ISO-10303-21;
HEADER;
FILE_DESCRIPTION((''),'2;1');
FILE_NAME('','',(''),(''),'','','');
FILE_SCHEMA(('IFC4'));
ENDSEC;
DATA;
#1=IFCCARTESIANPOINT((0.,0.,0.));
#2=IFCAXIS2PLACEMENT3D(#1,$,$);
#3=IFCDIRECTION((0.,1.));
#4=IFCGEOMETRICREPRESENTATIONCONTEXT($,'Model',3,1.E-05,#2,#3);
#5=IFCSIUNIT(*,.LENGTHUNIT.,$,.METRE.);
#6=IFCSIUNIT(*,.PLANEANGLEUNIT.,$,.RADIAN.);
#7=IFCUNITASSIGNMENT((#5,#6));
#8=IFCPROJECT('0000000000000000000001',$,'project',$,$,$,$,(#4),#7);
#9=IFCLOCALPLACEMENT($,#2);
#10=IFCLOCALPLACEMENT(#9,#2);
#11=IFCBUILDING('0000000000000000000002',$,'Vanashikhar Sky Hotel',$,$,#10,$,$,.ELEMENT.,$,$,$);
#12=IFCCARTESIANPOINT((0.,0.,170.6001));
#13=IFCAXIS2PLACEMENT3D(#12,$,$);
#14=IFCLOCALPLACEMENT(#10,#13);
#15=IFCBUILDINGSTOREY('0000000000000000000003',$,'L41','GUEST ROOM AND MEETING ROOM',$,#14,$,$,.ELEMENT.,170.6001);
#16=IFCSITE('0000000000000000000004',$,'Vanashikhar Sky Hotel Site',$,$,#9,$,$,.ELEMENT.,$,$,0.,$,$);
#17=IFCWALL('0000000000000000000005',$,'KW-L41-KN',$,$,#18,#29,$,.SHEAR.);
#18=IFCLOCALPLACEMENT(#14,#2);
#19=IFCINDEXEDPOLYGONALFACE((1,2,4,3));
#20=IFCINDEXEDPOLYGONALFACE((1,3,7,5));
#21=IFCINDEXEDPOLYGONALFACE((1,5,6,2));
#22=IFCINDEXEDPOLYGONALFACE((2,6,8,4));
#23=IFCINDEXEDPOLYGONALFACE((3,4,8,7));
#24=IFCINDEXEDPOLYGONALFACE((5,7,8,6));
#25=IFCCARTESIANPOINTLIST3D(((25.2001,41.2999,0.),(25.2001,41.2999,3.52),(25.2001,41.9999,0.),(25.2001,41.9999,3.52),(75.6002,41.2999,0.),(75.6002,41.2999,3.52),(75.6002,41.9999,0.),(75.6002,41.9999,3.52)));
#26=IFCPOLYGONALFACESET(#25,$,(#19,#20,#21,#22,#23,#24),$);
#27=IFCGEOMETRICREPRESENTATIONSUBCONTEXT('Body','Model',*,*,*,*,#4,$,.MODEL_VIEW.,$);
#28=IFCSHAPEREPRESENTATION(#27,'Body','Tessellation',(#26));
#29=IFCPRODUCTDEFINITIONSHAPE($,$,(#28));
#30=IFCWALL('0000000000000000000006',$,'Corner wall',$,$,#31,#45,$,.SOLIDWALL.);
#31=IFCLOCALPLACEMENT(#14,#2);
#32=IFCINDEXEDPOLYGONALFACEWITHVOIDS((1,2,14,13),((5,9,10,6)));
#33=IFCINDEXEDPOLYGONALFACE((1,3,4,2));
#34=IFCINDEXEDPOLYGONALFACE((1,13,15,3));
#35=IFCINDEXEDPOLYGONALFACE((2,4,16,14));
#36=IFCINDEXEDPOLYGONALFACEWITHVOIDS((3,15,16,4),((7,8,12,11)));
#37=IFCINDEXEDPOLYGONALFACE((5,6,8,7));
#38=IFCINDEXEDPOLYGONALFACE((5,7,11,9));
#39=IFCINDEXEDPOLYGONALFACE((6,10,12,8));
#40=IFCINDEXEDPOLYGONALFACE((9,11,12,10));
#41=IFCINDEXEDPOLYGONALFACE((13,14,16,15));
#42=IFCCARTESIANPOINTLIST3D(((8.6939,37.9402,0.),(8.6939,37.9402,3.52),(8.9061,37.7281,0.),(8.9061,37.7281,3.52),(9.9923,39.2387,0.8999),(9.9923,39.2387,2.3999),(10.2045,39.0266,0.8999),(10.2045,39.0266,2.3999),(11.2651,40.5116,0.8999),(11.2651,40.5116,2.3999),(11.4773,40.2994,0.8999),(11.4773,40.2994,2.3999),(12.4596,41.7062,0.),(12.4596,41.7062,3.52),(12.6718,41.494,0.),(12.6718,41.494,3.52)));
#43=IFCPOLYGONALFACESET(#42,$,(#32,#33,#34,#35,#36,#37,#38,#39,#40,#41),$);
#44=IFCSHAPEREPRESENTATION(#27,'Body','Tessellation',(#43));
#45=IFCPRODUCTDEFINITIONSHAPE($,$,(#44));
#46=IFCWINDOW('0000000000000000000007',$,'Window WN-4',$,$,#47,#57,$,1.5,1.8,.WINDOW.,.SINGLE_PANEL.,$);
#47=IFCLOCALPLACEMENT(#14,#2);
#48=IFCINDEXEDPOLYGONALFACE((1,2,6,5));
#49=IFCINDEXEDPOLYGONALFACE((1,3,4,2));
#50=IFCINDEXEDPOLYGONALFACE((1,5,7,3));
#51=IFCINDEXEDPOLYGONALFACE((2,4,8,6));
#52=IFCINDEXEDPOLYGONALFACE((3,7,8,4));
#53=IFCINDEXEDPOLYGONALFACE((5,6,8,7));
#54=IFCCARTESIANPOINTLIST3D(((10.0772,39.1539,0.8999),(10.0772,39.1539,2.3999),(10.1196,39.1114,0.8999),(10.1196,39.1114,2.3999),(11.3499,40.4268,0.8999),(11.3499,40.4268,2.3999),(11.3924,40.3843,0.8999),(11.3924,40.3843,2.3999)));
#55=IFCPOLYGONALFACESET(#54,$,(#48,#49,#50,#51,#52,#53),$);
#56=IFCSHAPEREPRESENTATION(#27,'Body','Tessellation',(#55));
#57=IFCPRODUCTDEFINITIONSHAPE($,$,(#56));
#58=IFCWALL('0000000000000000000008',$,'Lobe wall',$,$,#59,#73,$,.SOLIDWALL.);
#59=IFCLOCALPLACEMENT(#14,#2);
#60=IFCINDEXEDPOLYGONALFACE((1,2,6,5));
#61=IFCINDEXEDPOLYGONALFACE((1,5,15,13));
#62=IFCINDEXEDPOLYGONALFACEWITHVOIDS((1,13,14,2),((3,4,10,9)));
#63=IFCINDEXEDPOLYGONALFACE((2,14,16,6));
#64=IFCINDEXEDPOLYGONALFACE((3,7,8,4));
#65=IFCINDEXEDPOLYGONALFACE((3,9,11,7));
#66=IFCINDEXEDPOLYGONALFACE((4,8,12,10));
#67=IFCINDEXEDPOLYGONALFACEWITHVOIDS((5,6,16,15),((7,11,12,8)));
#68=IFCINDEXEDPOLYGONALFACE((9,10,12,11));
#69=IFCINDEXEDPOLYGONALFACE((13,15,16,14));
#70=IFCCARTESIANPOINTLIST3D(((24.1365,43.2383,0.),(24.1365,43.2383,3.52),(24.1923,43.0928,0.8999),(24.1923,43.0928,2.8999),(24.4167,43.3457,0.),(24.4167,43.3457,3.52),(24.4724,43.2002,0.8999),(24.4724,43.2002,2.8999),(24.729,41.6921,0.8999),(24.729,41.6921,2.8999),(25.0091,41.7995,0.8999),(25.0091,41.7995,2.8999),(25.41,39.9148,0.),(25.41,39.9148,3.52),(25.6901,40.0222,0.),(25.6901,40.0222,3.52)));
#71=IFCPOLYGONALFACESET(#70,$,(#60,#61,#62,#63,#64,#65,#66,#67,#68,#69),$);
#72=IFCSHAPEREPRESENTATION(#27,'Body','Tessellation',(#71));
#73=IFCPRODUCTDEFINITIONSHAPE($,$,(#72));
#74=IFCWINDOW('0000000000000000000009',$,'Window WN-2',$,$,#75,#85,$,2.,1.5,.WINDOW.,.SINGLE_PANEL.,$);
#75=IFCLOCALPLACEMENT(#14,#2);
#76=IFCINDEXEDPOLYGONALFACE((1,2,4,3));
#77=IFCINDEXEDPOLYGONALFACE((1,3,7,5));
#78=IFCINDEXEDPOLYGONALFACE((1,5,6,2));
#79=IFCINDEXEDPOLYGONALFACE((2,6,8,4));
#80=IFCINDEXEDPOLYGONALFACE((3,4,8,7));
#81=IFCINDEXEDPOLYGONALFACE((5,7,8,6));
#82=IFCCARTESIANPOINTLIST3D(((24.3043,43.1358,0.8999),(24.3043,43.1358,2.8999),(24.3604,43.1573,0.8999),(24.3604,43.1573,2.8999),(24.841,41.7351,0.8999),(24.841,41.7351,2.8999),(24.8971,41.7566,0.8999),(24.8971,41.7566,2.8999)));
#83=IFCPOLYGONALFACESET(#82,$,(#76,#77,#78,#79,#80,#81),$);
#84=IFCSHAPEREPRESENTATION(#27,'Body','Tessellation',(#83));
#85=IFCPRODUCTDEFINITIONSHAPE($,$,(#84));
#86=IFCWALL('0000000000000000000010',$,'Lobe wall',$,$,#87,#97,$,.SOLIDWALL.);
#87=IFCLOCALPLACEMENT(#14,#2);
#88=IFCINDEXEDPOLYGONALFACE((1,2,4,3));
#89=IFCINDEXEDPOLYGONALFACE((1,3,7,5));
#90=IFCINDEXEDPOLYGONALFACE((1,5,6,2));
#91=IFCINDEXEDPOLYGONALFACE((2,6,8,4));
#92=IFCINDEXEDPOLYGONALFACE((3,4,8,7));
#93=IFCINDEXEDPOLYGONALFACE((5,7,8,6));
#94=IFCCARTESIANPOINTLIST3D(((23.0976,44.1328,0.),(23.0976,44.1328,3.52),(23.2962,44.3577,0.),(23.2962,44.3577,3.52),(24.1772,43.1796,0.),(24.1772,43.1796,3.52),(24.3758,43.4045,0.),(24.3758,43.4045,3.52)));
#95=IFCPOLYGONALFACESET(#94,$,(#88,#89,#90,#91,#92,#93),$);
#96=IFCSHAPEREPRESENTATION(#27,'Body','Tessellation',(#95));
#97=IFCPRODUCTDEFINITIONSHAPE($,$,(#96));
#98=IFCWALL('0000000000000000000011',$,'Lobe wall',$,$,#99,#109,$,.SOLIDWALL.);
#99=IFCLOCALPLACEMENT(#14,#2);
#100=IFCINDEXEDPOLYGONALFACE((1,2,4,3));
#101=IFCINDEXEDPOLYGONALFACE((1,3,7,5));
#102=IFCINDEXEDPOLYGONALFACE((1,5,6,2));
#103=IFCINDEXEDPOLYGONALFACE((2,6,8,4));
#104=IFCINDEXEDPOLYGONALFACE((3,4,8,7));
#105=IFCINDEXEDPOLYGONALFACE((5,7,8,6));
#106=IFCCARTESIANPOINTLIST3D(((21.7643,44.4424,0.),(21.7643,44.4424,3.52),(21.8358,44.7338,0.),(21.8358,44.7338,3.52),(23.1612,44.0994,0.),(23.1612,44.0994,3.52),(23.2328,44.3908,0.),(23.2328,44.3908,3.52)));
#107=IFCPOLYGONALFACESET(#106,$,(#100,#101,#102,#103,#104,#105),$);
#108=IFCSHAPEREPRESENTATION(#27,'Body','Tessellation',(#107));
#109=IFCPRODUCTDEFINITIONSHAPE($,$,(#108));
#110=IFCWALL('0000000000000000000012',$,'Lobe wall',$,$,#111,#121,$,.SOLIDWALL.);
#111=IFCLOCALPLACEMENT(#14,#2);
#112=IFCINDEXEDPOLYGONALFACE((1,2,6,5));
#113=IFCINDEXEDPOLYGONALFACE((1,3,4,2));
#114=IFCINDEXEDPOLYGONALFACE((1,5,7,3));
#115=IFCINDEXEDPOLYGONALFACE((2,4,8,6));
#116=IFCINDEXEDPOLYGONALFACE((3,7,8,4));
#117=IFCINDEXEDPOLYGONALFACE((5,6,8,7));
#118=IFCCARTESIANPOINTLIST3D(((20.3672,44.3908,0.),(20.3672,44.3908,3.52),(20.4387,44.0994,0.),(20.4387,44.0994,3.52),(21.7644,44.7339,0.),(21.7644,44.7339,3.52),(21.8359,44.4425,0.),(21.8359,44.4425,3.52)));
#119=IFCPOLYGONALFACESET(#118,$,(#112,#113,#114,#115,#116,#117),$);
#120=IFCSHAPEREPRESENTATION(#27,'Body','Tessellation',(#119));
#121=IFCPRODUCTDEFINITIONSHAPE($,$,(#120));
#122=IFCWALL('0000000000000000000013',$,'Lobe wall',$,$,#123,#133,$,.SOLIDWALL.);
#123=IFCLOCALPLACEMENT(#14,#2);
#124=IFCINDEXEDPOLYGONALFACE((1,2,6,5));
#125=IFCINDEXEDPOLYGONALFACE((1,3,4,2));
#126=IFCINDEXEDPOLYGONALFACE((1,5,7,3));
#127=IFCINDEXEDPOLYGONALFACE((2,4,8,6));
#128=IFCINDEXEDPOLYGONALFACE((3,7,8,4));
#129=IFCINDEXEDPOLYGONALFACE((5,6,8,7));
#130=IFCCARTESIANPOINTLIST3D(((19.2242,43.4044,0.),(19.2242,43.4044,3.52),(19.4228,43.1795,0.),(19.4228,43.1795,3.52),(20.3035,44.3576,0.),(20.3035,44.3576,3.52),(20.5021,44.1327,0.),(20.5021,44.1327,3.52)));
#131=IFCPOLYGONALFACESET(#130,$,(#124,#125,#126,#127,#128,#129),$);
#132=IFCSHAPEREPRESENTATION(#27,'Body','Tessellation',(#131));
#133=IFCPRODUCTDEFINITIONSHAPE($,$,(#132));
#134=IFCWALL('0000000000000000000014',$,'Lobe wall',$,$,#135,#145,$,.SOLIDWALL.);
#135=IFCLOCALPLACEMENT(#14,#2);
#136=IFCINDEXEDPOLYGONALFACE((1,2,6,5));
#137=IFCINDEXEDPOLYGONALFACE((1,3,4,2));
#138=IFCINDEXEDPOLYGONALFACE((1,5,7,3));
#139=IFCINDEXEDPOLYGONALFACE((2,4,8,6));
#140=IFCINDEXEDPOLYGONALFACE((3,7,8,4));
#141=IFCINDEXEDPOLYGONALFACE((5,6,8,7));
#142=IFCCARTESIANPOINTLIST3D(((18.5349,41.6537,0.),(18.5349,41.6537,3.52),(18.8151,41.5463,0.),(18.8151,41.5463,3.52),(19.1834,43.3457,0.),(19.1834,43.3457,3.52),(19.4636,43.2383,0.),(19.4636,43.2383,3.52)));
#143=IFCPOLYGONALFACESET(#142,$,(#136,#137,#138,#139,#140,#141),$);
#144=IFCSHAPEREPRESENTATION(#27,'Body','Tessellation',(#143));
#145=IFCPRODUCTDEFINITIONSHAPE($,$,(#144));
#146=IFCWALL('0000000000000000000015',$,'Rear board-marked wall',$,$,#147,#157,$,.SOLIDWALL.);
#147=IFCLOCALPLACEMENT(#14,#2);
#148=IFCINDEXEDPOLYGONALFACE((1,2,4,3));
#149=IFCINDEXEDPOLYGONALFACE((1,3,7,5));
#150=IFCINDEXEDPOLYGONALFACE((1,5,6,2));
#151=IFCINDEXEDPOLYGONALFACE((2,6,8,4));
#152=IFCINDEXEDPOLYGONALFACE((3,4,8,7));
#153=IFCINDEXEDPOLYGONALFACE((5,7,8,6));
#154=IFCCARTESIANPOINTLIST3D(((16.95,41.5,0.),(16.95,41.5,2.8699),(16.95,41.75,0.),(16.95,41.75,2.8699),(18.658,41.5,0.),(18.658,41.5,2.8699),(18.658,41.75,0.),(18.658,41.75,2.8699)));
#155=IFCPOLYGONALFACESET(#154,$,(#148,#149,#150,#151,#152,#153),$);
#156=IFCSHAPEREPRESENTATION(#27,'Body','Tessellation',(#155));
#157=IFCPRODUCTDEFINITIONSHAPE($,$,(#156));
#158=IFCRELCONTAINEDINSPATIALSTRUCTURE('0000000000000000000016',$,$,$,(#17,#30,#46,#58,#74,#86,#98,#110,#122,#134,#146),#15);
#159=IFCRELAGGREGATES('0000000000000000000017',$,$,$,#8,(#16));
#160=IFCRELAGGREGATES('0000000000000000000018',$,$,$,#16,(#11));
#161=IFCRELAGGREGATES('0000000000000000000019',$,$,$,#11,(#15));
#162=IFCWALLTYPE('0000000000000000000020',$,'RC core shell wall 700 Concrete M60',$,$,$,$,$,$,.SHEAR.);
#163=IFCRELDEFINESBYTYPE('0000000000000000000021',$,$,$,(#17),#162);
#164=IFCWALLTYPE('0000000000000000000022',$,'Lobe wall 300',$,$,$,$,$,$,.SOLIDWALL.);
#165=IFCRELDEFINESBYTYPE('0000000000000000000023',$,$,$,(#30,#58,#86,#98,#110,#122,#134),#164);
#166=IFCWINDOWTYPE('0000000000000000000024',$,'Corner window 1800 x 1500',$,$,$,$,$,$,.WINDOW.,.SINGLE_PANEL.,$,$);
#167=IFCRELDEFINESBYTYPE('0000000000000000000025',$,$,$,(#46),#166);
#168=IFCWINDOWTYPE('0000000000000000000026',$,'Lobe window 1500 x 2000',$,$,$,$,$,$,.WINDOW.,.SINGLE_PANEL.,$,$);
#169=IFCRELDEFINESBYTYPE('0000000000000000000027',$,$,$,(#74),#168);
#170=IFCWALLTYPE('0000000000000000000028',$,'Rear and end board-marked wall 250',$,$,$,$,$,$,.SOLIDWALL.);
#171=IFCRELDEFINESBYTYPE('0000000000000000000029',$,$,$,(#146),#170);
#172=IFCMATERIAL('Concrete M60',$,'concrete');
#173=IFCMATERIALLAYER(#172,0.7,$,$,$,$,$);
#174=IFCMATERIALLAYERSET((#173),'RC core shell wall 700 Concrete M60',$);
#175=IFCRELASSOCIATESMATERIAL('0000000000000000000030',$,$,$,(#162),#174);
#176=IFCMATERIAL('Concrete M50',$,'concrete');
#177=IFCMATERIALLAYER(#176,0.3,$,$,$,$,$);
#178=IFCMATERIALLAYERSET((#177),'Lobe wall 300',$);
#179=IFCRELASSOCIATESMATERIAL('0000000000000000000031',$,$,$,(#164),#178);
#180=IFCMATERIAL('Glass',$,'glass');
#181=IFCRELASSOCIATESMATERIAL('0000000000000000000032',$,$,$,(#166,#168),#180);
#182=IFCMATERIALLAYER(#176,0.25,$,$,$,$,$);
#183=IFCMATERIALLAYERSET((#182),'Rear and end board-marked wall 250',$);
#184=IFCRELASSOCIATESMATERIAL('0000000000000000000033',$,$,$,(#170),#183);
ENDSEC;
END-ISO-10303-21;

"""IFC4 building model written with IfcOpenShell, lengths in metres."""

from ifc_helpers import new_model, si_unit, direction, frame, frame_2d, origin, place, context, subcontext, project, spatial, rectangle, extrude, source, transform, mapped, material, layer, layer_set, type_object, element, fill, save


model = new_model("IFC4")

# Units and contexts
model_context = context("Model", 3, precision=1e-05, world=origin(), true_north=direction((0.0, 1.0)))
body_context = subcontext(model_context, "Body", "Model", "MODEL_VIEW")
ifc_project = project(units=[si_unit("LENGTHUNIT", "METRE"), si_unit("PLANEANGLEUNIT", "RADIAN")], contexts=[model_context])

# Site, building, storey
site_placement = place(None, origin())
site = spatial("IfcSite", under=ifc_project, at=site_placement, Name="Vanashikhar Sky Hotel Site", CompositionType="ELEMENT", RefElevation=0.0)
building_placement = place(site_placement, origin())
building = spatial("IfcBuilding", under=site, at=building_placement, Name="Vanashikhar Sky Hotel", CompositionType="ELEMENT")
storey_placement = place(building_placement, frame((0.0, 0.0, 170.6001)))
storey = spatial("IfcBuildingStorey", under=building, at=storey_placement, Name="L41", Description="GUEST ROOM AND MEETING ROOM", CompositionType="ELEMENT", Elevation=170.6001)

# Wall
ifc_material_1 = material(Name="Concrete M60", Category="concrete")
ifc_layer_1 = layer(ifc_material_1, 0.7)
ifc_layer_set_1 = layer_set([ifc_layer_1], Name="RC core shell wall 700 Concrete M60")
wall_type_1 = type_object("IfcWallType", Name="RC core shell wall 700 Concrete M60", PredefinedType="SHEAR", material=ifc_layer_set_1)
shared_shape_1 = source(origin(), body_context, "Body", "SweptSolid", [
    extrude(rectangle(XDim=50.4001, YDim=0.7, at=frame_2d((25.2002, 0.0))), origin(), (0.0, 0.0, 1.0), 3.52),
])
wall_1_placement = place(storey_placement, frame((25.2, 41.6499, 0.0), z_axis=(0.0, 0.0, 1.0), x_axis=(1.0, 0.0, 0.0)))
element("IfcWall", 1, at=wall_1_placement, inside=storey, type_object=wall_type_1, Name="KW-L41-KN", PredefinedType="SHEAR", context=body_context, shape_type="MappedRepresentation", body=[
    mapped(shared_shape_1, transform((0.0, 0.0, 0.0), scale=1.0)),
])

# Walls, openings, windows
ifc_material_2 = material(Name="Concrete M50", Category="concrete")
ifc_layer_2 = layer(ifc_material_2, 0.3)
ifc_layer_set_2 = layer_set([ifc_layer_2], Name="Lobe wall 300")
wall_type_2 = type_object("IfcWallType", Name="Lobe wall 300", PredefinedType="SOLIDWALL", material=ifc_layer_set_2)
shared_shape_2 = source(origin(), body_context, "Body", "SweptSolid", [
    extrude(rectangle(XDim=5.3257, YDim=0.3, at=frame_2d((2.6628, 0.0))), origin(), (0.0, 0.0, 1.0), 3.52),
])
wall_2_placement = place(storey_placement, frame((12.5657, 41.6001, 0.0), z_axis=(0.0, 0.0, 1.0), x_axis=(-0.707084, -0.70713, 0.0)))
wall_2 = element("IfcWall", 2, at=wall_2_placement, inside=storey, type_object=wall_type_2, Name="Corner wall", PredefinedType="SOLIDWALL", context=body_context, shape_type="MappedRepresentation", body=[
    mapped(shared_shape_2, transform((0.0, 0.0, 0.0), scale=1.0)),
])
shared_shape_3 = source(origin(), body_context, "Body", "SweptSolid", [
    extrude(rectangle(XDim=1.8, YDim=1.5, at=frame_2d((0.8999, 0.75))), frame((0.0, 0.1602, 0.0), z_axis=(0.0, -1.0, 0.0), x_axis=(1.0, 0.0, 0.0)), (0.0, 0.0, 1.0), 0.3201),
])
opening_1_placement = place(wall_2_placement, frame((1.6895, 0.0, 0.8999)))
opening_1 = element("IfcOpeningElement", 3, at=opening_1_placement, cuts=wall_2, PredefinedType="OPENING", context=body_context, shape_type="MappedRepresentation", body=[
    mapped(shared_shape_3, transform((0.0, 0.0, 0.0), scale=1.0)),
])
ifc_material_3 = material(Name="Glass", Category="glass")
window_type_1 = type_object("IfcWindowType", Name="Corner window 1800 x 1500", PartitioningType="SINGLE_PANEL", PredefinedType="WINDOW", material=ifc_material_3)
shared_shape_4 = source(origin(), body_context, "Body", "SweptSolid", [
    extrude(rectangle(XDim=1.8, YDim=1.5, at=frame_2d((0.8999, 0.75))), frame((0.0, 0.03, 0.0), z_axis=(0.0, -1.0, 0.0), x_axis=(1.0, 0.0, 0.0)), (0.0, 0.0, 1.0), 0.0601),
])
window_1_placement = place(opening_1_placement, origin())
window_1 = element("IfcWindow", 4, at=window_1_placement, inside=storey, type_object=window_type_1, Name="Window WN-4", OverallHeight=1.5, OverallWidth=1.8, PartitioningType="SINGLE_PANEL", PredefinedType="WINDOW", context=body_context, shape_type="MappedRepresentation", body=[
    mapped(shared_shape_4, transform((0.0, 0.0, 0.0), scale=1.0)),
])
fill(opening_1, window_1)
shared_shape_5 = source(origin(), body_context, "Body", "SweptSolid", [
    extrude(rectangle(XDim=3.5591, YDim=0.3, at=frame_2d((1.7795, 0.0))), origin(), (0.0, 0.0, 1.0), 3.52),
])
wall_3_placement = place(storey_placement, frame((25.55, 39.9685, 0.0), z_axis=(0.0, 0.0, 1.0), x_axis=(-0.357797, 0.933799, 0.0)))
wall_3 = element("IfcWall", 5, at=wall_3_placement, inside=storey, type_object=wall_type_2, Name="Lobe wall", PredefinedType="SOLIDWALL", context=body_context, shape_type="MappedRepresentation", body=[
    mapped(shared_shape_5, transform((0.0, 0.0, 0.0), scale=1.0)),
])
shared_shape_6 = source(origin(), body_context, "Body", "SweptSolid", [
    extrude(rectangle(XDim=1.5, YDim=2.0, at=frame_2d((0.75, 1.0))), frame((0.0, 0.1602, 0.0), z_axis=(0.0, -1.0, 0.0), x_axis=(1.0, 0.0, 0.0)), (0.0, 0.0, 1.0), 0.3201),
])
opening_2_placement = place(wall_3_placement, frame((1.9033, 0.0, 0.8999)))
opening_2 = element("IfcOpeningElement", 6, at=opening_2_placement, cuts=wall_3, PredefinedType="OPENING", context=body_context, shape_type="MappedRepresentation", body=[
    mapped(shared_shape_6, transform((0.0, 0.0, 0.0), scale=1.0)),
])
window_type_2 = type_object("IfcWindowType", Name="Lobe window 1500 x 2000", PartitioningType="SINGLE_PANEL", PredefinedType="WINDOW", material=ifc_material_3)
shared_shape_7 = source(origin(), body_context, "Body", "SweptSolid", [
    extrude(rectangle(XDim=1.5, YDim=2.0, at=frame_2d((0.75, 1.0))), frame((0.0, 0.03, 0.0), z_axis=(0.0, -1.0, 0.0), x_axis=(1.0, 0.0, 0.0)), (0.0, 0.0, 1.0), 0.0601),
])
window_2_placement = place(opening_2_placement, origin())
window_2 = element("IfcWindow", 7, at=window_2_placement, inside=storey, type_object=window_type_2, Name="Window WN-2", OverallHeight=2.0, OverallWidth=1.5, PartitioningType="SINGLE_PANEL", PredefinedType="WINDOW", context=body_context, shape_type="MappedRepresentation", body=[
    mapped(shared_shape_7, transform((0.0, 0.0, 0.0), scale=1.0)),
])
fill(opening_2, window_2)

# Walls
shared_shape_8 = source(origin(), body_context, "Body", "SweptSolid", [
    extrude(rectangle(XDim=1.4402, YDim=0.3, at=frame_2d((0.7202, 0.0))), origin(), (0.0, 0.0, 1.0), 3.52),
])
wall_4_placement = place(storey_placement, frame((24.2766, 43.292, 0.0), z_axis=(0.0, 0.0, 1.0), x_axis=(-0.74965, 0.661835, 0.0)))
element("IfcWall", 8, at=wall_4_placement, inside=storey, type_object=wall_type_2, Name="Lobe wall", PredefinedType="SOLIDWALL", context=body_context, shape_type="MappedRepresentation", body=[
    mapped(shared_shape_8, transform((0.0, 0.0, 0.0), scale=1.0)),
])
shared_shape_9 = source(origin(), body_context, "Body", "SweptSolid", [
    extrude(rectangle(XDim=1.4385, YDim=0.3, at=frame_2d((0.7192, 0.0))), origin(), (0.0, 0.0, 1.0), 3.52),
])
wall_5_placement = place(storey_placement, frame((23.197, 44.2451, 0.0), z_axis=(0.0, 0.0, 1.0), x_axis=(-0.971152, 0.23846, 0.0)))
element("IfcWall", 9, at=wall_5_placement, inside=storey, type_object=wall_type_2, Name="Lobe wall", PredefinedType="SOLIDWALL", context=body_context, shape_type="MappedRepresentation", body=[
    mapped(shared_shape_9, transform((0.0, 0.0, 0.0), scale=1.0)),
])
shared_shape_10 = source(origin(), body_context, "Body", "SweptSolid", [
    extrude(rectangle(XDim=1.4387, YDim=0.3, at=frame_2d((0.7192, 0.0))), origin(), (0.0, 0.0, 1.0), 3.52),
])
wall_6_placement = place(storey_placement, frame((21.8, 44.5881, 0.0), z_axis=(0.0, 0.0, 1.0), x_axis=(-0.971162, -0.238421, 0.0)))
element("IfcWall", 10, at=wall_6_placement, inside=storey, type_object=wall_type_2, Name="Lobe wall", PredefinedType="SOLIDWALL", context=body_context, shape_type="MappedRepresentation", body=[
    mapped(shared_shape_10, transform((0.0, 0.0, 0.0), scale=1.0)),
])
shared_shape_11 = source(origin(), body_context, "Body", "SweptSolid", [
    extrude(rectangle(XDim=1.4399, YDim=0.3, at=frame_2d((0.72, 0.0))), origin(), (0.0, 0.0, 1.0), 3.52),
])
wall_7_placement = place(storey_placement, frame((20.4028, 44.2451, 0.0), z_axis=(0.0, 0.0, 1.0), x_axis=(-0.749576, -0.661919, 0.0)))
element("IfcWall", 11, at=wall_7_placement, inside=storey, type_object=wall_type_2, Name="Lobe wall", PredefinedType="SOLIDWALL", context=body_context, shape_type="MappedRepresentation", body=[
    mapped(shared_shape_11, transform((0.0, 0.0, 0.0), scale=1.0)),
])
shared_shape_12 = source(origin(), body_context, "Body", "SweptSolid", [
    extrude(rectangle(XDim=1.812, YDim=0.3, at=frame_2d((0.906, 0.0))), origin(), (0.0, 0.0, 1.0), 3.52),
])
wall_8_placement = place(storey_placement, frame((19.3235, 43.292, 0.0), z_axis=(0.0, 0.0, 1.0), x_axis=(-0.357877, -0.933769, 0.0)))
element("IfcWall", 12, at=wall_8_placement, inside=storey, type_object=wall_type_2, Name="Lobe wall", PredefinedType="SOLIDWALL", context=body_context, shape_type="MappedRepresentation", body=[
    mapped(shared_shape_12, transform((0.0, 0.0, 0.0), scale=1.0)),
])
ifc_layer_3 = layer(ifc_material_2, 0.25)
ifc_layer_set_3 = layer_set([ifc_layer_3], Name="Rear and end board-marked wall 250")
wall_type_3 = type_object("IfcWallType", Name="Rear and end board-marked wall 250", PredefinedType="SOLIDWALL", material=ifc_layer_set_3)
shared_shape_13 = source(origin(), body_context, "Body", "SweptSolid", [
    extrude(rectangle(XDim=1.708, YDim=0.25, at=frame_2d((0.854, 0.0))), origin(), (0.0, 0.0, 1.0), 2.8699),
])
wall_9_placement = place(storey_placement, frame((18.658, 41.625, 0.0), z_axis=(0.0, 0.0, 1.0), x_axis=(-1.0, 0.0, 0.0)))
element("IfcWall", 13, at=wall_9_placement, inside=storey, type_object=wall_type_3, Name="Rear board-marked wall", PredefinedType="SOLIDWALL", context=body_context, shape_type="MappedRepresentation", body=[
    mapped(shared_shape_13, transform((0.0, 0.0, 0.0), scale=1.0)),
])

save(model, "model.ifc")
